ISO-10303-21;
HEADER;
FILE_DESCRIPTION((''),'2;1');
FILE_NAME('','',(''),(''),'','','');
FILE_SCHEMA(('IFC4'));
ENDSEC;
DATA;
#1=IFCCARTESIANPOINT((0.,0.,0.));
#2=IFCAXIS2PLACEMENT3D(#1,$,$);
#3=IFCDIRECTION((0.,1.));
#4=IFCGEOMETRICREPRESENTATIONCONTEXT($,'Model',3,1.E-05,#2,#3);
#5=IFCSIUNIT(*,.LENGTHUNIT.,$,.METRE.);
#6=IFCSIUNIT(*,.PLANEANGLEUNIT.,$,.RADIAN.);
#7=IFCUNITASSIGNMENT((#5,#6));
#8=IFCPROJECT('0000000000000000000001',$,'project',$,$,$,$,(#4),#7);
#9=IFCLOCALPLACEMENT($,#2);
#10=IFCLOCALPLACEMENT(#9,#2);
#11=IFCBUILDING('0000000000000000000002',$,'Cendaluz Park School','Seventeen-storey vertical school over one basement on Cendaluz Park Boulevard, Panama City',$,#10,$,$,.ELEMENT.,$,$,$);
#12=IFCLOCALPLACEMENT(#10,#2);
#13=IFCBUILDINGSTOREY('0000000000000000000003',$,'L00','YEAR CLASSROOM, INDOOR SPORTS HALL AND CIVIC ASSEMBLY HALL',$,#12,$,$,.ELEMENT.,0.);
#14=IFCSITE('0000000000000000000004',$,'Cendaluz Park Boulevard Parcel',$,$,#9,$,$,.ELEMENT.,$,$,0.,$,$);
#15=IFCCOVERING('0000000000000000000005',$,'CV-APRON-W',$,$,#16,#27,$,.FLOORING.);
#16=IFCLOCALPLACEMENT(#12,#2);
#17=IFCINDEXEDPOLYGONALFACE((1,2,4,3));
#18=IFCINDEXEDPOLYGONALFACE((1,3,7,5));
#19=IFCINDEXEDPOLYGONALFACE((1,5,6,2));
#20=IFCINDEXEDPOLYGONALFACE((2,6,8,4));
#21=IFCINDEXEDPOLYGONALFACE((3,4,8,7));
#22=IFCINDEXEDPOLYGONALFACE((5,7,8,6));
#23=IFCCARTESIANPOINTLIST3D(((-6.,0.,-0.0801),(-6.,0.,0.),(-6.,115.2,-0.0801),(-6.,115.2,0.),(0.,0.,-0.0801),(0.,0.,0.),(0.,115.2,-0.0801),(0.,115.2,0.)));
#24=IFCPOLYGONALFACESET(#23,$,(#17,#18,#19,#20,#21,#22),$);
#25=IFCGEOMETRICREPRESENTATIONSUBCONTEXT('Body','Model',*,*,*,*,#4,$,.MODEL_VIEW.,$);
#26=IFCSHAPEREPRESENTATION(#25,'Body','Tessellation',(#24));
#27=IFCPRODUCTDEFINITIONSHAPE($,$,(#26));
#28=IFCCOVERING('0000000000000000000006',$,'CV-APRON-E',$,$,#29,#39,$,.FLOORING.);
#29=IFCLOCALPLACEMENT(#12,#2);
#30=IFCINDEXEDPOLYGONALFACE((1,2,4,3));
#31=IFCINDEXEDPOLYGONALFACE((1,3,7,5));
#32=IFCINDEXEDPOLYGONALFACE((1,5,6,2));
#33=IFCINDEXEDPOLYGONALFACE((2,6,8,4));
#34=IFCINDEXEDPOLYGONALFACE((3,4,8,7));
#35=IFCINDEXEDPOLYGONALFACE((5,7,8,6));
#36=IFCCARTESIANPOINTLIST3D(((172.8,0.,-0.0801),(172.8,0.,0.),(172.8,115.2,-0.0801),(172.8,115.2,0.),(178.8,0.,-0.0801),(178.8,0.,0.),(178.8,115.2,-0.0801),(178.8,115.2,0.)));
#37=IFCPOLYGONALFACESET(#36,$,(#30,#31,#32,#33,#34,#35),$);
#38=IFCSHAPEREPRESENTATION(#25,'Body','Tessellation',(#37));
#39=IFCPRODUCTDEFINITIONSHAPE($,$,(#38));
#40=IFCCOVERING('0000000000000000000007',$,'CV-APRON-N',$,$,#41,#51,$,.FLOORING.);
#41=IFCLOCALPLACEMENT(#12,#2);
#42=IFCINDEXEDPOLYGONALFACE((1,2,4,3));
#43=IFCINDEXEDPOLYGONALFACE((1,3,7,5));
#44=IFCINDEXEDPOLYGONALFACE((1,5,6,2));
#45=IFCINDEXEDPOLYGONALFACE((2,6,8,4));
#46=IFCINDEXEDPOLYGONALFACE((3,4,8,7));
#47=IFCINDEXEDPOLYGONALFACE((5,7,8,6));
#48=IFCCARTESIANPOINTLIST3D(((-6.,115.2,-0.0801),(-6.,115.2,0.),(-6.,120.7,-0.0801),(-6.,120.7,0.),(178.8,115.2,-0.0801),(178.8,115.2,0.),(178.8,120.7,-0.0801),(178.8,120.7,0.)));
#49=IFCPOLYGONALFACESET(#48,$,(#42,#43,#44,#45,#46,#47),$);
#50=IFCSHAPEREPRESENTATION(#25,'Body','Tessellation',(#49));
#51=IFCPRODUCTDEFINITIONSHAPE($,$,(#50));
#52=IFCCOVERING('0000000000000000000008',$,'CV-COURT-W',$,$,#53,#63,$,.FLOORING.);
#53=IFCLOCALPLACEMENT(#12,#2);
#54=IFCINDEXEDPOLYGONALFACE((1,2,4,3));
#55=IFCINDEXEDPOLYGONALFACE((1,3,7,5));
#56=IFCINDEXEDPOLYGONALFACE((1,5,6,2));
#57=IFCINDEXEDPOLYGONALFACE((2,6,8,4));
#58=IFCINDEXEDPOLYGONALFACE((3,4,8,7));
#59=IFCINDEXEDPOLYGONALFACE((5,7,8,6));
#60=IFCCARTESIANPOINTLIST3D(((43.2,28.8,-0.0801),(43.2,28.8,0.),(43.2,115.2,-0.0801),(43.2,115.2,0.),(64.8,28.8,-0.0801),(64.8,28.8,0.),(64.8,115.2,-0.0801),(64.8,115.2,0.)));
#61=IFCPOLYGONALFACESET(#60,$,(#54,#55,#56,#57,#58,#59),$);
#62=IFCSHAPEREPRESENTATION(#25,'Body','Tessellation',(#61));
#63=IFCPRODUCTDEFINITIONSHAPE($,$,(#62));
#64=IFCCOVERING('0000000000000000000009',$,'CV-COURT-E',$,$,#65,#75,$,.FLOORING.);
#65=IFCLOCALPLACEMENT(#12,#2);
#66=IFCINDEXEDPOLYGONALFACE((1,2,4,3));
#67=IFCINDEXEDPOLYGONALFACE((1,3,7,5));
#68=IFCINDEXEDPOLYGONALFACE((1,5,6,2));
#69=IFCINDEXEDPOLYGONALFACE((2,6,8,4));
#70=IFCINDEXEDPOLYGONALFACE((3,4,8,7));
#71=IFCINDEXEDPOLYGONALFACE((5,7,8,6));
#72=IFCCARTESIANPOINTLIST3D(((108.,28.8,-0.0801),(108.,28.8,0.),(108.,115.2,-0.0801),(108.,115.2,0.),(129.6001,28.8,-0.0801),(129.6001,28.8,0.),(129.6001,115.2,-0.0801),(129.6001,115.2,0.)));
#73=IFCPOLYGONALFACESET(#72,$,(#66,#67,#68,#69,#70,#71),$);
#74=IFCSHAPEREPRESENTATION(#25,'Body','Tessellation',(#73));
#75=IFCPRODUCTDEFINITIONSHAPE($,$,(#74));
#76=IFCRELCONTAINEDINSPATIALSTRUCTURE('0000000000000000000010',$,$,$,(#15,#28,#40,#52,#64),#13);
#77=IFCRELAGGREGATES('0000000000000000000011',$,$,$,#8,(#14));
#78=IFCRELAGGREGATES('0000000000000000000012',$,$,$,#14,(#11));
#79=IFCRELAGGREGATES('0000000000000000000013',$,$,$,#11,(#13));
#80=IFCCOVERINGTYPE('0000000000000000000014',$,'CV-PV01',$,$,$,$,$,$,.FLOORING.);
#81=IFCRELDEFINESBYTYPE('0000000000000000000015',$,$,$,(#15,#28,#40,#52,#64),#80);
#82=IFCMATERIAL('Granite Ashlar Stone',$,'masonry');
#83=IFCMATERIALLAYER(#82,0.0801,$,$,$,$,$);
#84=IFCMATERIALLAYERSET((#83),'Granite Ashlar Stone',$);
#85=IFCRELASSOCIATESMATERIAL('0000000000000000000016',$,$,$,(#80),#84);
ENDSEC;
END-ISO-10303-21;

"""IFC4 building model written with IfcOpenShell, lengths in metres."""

from ifc_helpers import new_model, si_unit, direction, frame, origin, place, context, subcontext, project, spatial, polyline, outline, extrude, material, layer, layer_set, type_object, element, save


model = new_model("IFC4")

# Units and contexts
model_context = context("Model", 3, precision=1e-05, world=origin(), true_north=direction((0.0, 1.0)))
body_context = subcontext(model_context, "Body", "Model", "MODEL_VIEW")
ifc_project = project(units=[si_unit("LENGTHUNIT", "METRE"), si_unit("PLANEANGLEUNIT", "RADIAN")], contexts=[model_context])

# Site, building, storey
site_placement = place(None, origin())
site = spatial("IfcSite", under=ifc_project, at=site_placement, Name="Cendaluz Park Boulevard Parcel", CompositionType="ELEMENT", RefElevation=0.0)
building_placement = place(site_placement, origin())
building = spatial("IfcBuilding", under=site, at=building_placement, Name="Cendaluz Park School", Description="Seventeen-storey vertical school over one basement on Cendaluz Park Boulevard, Panama City", CompositionType="ELEMENT")
storey_placement = place(building_placement, origin())
storey = spatial("IfcBuildingStorey", under=building, at=storey_placement, Name="L00", Description="YEAR CLASSROOM, INDOOR SPORTS HALL AND CIVIC ASSEMBLY HALL", CompositionType="ELEMENT", Elevation=0.0)

# Coverings
ifc_material_1 = material(Name="Granite Ashlar Stone", Category="masonry")
ifc_layer_1 = layer(ifc_material_1, 0.0801)
ifc_layer_set_1 = layer_set([ifc_layer_1], Name="Granite Ashlar Stone")
covering_type_1 = type_object("IfcCoveringType", Name="CV-PV01", PredefinedType="FLOORING", material=ifc_layer_set_1)
covering_1_placement = place(storey_placement, frame((0.0, 0.0, -0.0801)))
element("IfcCovering", 1, at=covering_1_placement, inside=storey, type_object=covering_type_1, Name="CV-APRON-W", PredefinedType="FLOORING", context=body_context, shape_type="SweptSolid", body=[
    extrude(outline(polyline([(-6.0, 0.0), (0.0, 0.0), (0.0, 115.2), (-6.0, 115.2), (-6.0, 0.0)])), origin(), (0.0, 0.0, 1.0), 0.0801),
])
covering_2_placement = place(storey_placement, frame((0.0, 0.0, -0.0801)))
element("IfcCovering", 2, at=covering_2_placement, inside=storey, type_object=covering_type_1, Name="CV-APRON-E", PredefinedType="FLOORING", context=body_context, shape_type="SweptSolid", body=[
    extrude(outline(polyline([(172.8, 0.0), (178.8, 0.0), (178.8, 115.2), (172.8, 115.2), (172.8, 0.0)])), origin(), (0.0, 0.0, 1.0), 0.0801),
])
covering_3_placement = place(storey_placement, frame((0.0, 0.0, -0.0801)))
element("IfcCovering", 3, at=covering_3_placement, inside=storey, type_object=covering_type_1, Name="CV-APRON-N", PredefinedType="FLOORING", context=body_context, shape_type="SweptSolid", body=[
    extrude(outline(polyline([(-6.0, 115.2), (178.8, 115.2), (178.8, 120.7), (-6.0, 120.7), (-6.0, 115.2)])), origin(), (0.0, 0.0, 1.0), 0.0801),
])
covering_4_placement = place(storey_placement, frame((0.0, 0.0, -0.0801)))
element("IfcCovering", 4, at=covering_4_placement, inside=storey, type_object=covering_type_1, Name="CV-COURT-W", PredefinedType="FLOORING", context=body_context, shape_type="SweptSolid", body=[
    extrude(outline(polyline([(43.2, 28.8), (64.8, 28.8), (64.8, 115.2), (43.2, 115.2), (43.2, 28.8)])), origin(), (0.0, 0.0, 1.0), 0.0801),
])
covering_5_placement = place(storey_placement, frame((0.0, 0.0, -0.0801)))
element("IfcCovering", 5, at=covering_5_placement, inside=storey, type_object=covering_type_1, Name="CV-COURT-E", PredefinedType="FLOORING", context=body_context, shape_type="SweptSolid", body=[
    extrude(outline(polyline([(108.0, 28.8), (129.6001, 28.8), (129.6001, 115.2), (108.0, 115.2), (108.0, 28.8)])), origin(), (0.0, 0.0, 1.0), 0.0801),
])

save(model, "model.ifc")
